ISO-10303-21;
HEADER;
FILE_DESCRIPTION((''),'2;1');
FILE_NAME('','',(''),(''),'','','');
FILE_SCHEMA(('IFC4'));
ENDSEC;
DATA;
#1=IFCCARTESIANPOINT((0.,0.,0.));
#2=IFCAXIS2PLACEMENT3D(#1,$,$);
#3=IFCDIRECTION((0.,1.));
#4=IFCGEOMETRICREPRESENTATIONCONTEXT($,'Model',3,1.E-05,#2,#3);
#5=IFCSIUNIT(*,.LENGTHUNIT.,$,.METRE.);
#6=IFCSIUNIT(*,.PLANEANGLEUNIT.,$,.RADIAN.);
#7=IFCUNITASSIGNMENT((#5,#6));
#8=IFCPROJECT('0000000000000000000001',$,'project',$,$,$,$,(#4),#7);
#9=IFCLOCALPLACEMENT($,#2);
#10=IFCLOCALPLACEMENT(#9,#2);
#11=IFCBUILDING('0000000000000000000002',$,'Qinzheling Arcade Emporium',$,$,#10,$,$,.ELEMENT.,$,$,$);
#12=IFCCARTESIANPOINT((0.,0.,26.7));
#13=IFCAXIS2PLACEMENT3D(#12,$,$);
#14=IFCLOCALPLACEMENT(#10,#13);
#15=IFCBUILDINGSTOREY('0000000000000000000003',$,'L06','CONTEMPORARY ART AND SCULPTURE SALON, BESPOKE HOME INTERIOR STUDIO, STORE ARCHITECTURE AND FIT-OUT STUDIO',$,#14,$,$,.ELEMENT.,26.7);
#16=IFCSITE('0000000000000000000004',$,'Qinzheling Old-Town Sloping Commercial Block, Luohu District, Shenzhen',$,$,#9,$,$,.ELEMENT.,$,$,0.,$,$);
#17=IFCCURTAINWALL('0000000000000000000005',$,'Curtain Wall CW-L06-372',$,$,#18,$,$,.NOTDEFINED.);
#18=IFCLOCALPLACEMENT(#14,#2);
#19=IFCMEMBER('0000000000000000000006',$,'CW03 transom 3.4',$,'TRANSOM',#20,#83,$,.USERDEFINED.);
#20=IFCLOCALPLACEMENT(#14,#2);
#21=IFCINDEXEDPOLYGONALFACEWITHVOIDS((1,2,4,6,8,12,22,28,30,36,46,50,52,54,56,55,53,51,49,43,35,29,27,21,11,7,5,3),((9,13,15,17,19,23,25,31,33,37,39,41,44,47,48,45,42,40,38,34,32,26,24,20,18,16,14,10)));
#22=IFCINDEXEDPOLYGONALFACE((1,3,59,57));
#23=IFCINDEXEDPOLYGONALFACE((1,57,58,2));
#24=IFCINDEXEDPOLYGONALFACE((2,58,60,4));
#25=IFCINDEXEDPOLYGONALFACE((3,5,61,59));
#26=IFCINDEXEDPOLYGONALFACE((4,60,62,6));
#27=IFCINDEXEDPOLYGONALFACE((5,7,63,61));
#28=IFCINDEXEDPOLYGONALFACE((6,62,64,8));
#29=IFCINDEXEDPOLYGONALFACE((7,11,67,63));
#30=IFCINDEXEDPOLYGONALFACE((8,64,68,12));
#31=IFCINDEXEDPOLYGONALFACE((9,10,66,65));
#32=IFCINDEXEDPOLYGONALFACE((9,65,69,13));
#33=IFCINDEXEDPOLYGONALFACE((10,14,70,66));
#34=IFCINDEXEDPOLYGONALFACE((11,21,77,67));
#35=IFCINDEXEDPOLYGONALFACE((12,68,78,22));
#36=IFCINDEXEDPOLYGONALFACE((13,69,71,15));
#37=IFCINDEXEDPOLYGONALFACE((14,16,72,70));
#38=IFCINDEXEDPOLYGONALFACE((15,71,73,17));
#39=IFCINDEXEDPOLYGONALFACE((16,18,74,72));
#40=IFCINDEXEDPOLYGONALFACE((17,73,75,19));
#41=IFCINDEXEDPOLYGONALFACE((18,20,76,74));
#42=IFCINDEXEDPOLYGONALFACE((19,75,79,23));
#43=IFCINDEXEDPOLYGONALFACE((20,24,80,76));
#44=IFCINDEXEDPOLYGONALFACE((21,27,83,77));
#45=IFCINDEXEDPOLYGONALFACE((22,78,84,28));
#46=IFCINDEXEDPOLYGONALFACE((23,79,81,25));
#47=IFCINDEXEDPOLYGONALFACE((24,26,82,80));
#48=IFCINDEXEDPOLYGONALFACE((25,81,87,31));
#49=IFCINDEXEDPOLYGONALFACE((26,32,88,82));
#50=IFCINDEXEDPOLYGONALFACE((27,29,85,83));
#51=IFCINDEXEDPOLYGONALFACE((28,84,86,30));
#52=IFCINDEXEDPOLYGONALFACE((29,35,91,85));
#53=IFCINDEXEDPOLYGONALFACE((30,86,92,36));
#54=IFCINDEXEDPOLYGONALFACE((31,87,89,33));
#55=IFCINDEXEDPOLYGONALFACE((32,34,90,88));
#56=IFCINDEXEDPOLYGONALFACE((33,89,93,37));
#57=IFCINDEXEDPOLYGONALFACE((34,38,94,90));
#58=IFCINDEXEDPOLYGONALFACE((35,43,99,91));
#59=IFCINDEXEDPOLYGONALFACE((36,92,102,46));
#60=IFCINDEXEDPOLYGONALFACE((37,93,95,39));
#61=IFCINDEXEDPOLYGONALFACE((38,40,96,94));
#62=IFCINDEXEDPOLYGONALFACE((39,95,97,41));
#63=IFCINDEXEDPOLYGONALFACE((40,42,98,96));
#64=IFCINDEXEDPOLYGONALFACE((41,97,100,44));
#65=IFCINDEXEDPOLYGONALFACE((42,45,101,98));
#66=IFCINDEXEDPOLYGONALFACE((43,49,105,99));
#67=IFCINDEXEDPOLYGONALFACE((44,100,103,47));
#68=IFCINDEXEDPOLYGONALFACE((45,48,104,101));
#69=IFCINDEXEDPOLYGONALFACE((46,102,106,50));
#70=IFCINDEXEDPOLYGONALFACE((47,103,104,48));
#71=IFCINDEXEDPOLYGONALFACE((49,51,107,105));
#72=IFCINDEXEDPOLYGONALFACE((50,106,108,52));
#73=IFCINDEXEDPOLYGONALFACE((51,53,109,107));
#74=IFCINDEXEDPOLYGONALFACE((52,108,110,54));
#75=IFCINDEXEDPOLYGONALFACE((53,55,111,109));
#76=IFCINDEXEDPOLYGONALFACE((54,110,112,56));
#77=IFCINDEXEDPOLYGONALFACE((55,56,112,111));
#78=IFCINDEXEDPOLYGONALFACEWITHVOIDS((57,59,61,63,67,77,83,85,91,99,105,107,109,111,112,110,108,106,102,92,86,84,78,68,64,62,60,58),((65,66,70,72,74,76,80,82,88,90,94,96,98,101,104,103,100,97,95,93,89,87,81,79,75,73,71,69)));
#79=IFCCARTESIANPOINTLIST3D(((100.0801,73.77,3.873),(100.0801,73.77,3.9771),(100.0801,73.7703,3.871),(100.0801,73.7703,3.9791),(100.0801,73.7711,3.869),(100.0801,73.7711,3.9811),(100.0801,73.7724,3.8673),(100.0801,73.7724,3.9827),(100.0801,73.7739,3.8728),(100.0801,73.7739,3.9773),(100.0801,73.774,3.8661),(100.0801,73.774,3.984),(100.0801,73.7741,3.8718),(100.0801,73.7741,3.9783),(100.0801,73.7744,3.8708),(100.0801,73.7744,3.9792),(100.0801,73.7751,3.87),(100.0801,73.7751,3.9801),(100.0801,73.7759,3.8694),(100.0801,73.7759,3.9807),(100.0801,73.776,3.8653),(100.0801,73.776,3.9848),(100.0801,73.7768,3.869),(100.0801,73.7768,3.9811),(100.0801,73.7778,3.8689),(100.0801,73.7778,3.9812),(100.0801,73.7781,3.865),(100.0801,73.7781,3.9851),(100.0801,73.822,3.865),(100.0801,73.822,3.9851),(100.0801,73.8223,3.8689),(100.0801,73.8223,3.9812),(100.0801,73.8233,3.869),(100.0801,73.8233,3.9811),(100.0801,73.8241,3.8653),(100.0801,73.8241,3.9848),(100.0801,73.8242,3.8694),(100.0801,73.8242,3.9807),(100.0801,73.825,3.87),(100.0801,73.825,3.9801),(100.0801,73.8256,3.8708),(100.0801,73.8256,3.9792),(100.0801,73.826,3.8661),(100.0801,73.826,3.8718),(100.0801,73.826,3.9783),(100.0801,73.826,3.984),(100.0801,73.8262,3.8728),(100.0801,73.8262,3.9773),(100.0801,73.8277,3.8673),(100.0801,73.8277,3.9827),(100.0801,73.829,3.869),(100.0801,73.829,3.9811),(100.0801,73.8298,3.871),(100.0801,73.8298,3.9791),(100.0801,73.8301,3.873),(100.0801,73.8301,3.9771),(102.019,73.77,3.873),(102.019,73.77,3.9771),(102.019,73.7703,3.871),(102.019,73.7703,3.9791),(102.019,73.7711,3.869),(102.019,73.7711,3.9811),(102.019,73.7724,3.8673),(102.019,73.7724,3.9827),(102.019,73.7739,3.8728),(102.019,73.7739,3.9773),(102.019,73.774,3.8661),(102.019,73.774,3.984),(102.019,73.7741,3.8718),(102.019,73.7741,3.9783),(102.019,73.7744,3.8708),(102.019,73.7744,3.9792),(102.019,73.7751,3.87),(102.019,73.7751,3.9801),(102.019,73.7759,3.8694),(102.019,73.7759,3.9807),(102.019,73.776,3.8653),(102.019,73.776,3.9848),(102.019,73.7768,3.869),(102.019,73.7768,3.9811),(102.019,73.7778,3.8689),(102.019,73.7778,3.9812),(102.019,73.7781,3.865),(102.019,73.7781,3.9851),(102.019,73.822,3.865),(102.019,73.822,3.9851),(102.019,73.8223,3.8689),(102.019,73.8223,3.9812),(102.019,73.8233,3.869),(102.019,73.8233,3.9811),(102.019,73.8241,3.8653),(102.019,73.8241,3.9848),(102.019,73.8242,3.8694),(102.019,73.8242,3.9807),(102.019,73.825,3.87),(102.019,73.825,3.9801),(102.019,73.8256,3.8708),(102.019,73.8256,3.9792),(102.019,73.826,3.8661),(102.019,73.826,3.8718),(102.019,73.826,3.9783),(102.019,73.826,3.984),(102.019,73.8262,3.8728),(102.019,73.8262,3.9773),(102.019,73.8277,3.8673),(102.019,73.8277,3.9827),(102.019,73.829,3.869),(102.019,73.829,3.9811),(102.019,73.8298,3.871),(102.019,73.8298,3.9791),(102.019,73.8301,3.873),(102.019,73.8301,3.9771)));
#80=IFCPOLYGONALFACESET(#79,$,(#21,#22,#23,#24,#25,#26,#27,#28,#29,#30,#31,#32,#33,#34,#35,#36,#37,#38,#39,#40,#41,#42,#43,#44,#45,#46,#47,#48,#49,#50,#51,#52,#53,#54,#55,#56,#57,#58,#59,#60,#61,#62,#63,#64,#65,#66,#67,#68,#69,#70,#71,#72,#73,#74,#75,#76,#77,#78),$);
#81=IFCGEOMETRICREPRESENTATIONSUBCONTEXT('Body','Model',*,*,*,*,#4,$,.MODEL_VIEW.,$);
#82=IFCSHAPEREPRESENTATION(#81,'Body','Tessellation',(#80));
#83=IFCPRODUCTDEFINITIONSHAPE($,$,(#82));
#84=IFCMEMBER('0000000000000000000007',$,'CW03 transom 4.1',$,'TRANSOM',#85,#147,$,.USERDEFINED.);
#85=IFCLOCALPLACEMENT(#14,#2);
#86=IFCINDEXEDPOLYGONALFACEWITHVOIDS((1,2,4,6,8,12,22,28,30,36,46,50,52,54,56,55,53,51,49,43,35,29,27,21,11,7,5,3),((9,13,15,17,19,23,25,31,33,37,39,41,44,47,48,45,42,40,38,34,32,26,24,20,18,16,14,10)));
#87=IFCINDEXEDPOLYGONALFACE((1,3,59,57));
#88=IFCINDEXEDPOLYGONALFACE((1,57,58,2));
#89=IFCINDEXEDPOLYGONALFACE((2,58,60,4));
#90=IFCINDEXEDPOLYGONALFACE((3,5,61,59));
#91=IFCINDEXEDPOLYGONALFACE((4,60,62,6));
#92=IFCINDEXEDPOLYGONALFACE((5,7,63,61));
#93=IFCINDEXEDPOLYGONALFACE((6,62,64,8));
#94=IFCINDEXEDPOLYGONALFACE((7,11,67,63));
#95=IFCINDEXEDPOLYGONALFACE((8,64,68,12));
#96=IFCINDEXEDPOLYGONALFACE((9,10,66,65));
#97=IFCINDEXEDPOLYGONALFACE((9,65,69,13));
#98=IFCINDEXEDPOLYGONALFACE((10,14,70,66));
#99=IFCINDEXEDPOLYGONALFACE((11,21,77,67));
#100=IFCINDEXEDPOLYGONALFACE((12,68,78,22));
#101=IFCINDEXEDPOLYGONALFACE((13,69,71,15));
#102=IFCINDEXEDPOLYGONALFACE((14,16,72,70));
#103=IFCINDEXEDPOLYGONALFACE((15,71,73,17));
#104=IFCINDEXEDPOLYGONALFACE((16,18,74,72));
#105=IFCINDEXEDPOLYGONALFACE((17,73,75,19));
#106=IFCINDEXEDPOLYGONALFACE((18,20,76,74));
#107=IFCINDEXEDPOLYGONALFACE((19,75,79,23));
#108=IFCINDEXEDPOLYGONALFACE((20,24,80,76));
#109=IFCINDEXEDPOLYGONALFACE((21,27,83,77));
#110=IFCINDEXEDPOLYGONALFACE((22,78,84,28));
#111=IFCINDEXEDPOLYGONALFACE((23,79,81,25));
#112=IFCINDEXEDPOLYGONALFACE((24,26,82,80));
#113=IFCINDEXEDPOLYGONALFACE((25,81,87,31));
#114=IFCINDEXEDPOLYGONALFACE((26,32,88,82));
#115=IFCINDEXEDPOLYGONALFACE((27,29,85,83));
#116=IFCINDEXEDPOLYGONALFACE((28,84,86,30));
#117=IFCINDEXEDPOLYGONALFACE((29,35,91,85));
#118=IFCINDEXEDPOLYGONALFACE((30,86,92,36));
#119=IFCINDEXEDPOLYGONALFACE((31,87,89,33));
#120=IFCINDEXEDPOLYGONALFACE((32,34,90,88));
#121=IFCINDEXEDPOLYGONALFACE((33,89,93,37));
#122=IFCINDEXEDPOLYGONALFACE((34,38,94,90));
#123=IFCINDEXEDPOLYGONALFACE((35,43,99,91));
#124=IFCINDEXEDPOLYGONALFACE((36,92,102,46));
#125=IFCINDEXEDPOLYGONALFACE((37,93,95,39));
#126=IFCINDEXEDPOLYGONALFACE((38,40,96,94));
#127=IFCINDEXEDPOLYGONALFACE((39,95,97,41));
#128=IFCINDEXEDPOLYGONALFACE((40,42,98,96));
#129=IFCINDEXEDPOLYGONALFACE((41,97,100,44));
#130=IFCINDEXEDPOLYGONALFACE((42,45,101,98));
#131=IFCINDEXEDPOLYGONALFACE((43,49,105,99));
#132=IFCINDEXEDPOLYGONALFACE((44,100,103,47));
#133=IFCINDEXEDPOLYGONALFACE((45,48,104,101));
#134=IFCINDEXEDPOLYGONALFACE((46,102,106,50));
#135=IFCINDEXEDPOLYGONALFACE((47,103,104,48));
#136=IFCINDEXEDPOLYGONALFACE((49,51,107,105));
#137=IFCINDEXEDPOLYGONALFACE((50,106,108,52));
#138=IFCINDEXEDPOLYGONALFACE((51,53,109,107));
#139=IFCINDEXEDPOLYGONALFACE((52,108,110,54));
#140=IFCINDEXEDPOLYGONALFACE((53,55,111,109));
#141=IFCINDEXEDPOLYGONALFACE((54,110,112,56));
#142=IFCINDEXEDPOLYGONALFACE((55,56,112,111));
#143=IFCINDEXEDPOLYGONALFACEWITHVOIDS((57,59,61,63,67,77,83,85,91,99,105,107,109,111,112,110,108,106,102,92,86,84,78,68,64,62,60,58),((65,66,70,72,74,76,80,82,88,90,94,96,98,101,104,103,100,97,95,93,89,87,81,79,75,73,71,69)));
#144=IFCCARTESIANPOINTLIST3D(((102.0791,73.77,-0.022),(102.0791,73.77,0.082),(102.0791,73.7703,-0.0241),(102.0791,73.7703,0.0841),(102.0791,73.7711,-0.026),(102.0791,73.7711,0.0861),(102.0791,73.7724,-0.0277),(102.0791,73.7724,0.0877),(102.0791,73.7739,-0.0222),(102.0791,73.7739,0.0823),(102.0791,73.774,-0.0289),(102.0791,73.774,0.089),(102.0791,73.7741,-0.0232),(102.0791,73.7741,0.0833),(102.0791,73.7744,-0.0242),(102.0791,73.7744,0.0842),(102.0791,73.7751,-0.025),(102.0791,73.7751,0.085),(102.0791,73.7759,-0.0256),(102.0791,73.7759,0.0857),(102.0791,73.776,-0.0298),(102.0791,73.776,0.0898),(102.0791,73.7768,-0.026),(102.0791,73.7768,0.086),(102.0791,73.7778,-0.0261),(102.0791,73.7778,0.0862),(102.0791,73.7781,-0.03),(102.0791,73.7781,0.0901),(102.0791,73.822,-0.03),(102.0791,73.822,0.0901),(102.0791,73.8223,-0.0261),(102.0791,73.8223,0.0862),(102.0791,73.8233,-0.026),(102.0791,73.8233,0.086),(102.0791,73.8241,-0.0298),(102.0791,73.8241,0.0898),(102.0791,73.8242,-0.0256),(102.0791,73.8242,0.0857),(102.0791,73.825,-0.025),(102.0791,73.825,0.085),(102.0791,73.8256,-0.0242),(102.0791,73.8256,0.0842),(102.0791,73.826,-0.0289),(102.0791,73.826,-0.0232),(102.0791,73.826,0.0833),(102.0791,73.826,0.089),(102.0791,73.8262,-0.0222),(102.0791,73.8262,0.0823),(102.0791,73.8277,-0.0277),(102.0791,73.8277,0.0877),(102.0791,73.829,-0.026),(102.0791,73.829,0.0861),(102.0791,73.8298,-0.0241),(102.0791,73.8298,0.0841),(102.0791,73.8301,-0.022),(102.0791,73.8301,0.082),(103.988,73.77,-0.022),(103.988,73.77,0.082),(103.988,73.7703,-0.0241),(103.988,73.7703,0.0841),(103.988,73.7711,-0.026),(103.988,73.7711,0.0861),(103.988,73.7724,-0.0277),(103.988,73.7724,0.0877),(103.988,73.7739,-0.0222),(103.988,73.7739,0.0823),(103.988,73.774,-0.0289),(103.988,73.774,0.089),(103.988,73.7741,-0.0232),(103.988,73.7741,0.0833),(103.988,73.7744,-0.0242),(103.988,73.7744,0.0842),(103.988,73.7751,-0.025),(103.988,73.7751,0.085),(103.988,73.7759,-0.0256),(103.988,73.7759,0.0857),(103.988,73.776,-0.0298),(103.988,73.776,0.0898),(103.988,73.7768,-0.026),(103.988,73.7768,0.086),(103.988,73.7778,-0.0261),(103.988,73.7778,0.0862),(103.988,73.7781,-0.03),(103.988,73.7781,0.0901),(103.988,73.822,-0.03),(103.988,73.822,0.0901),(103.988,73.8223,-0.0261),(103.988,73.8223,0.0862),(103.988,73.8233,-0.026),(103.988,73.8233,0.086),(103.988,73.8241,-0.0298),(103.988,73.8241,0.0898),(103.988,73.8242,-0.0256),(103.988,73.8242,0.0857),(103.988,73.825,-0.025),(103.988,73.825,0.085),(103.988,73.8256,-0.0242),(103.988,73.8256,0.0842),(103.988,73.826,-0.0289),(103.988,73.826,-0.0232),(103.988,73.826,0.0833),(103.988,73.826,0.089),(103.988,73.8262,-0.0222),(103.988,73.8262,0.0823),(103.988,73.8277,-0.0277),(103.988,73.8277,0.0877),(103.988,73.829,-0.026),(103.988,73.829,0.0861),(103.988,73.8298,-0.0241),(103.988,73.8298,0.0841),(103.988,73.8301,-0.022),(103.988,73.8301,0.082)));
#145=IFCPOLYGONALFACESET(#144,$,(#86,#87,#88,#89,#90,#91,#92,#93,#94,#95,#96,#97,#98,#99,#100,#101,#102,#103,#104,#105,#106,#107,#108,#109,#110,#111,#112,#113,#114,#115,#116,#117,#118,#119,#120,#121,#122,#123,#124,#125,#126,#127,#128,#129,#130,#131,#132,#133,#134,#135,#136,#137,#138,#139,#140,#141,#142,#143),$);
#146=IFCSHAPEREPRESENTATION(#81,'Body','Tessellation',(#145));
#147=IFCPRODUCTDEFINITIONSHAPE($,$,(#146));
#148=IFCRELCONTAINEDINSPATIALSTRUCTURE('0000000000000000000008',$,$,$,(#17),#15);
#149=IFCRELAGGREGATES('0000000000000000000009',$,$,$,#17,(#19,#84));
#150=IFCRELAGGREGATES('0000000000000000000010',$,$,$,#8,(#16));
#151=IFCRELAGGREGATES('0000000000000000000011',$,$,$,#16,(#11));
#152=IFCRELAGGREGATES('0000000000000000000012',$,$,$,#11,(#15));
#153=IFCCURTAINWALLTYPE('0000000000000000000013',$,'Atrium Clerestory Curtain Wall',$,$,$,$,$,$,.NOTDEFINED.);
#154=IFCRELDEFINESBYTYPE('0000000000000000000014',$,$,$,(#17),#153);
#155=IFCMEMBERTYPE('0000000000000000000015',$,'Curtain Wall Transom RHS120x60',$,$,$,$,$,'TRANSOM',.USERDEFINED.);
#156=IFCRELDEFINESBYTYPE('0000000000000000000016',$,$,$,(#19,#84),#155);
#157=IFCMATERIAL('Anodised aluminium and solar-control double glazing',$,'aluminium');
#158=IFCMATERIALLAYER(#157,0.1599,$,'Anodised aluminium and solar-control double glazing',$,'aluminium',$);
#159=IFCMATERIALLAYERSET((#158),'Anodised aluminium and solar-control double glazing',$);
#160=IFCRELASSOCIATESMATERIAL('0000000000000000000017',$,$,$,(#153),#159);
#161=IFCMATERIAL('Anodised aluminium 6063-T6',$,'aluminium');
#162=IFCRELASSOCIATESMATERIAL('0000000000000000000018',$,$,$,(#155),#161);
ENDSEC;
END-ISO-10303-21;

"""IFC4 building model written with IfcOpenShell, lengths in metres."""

from ifc_helpers import new_model, si_unit, direction, frame, origin, origin_2d, place, context, subcontext, project, spatial, hollow_rectangle, extrude, material, layer, layer_set, material_profile, profile_set, type_object, element, aggregate, save


model = new_model("IFC4")

# Units and contexts
model_context = context("Model", 3, precision=1e-05, world=origin(), true_north=direction((0.0, 1.0)))
body_context = subcontext(model_context, "Body", "Model", "MODEL_VIEW")
ifc_project = project(units=[si_unit("LENGTHUNIT", "METRE"), si_unit("PLANEANGLEUNIT", "RADIAN")], contexts=[model_context])

# Site, building, storey
site_placement = place(None, origin())
site = spatial("IfcSite", under=ifc_project, at=site_placement, Name="Qinzheling Old-Town Sloping Commercial Block, Luohu District, Shenzhen", CompositionType="ELEMENT", RefElevation=0.0)
building_placement = place(site_placement, origin())
building = spatial("IfcBuilding", under=site, at=building_placement, Name="Qinzheling Arcade Emporium", CompositionType="ELEMENT")
storey_placement = place(building_placement, frame((0.0, 0.0, 26.7)))
storey = spatial("IfcBuildingStorey", under=building, at=storey_placement, Name="L06", Description="CONTEMPORARY ART AND SCULPTURE SALON, BESPOKE HOME INTERIOR STUDIO, STORE ARCHITECTURE AND FIT-OUT STUDIO", CompositionType="ELEMENT", Elevation=26.7)

# Curtain wall, members
ifc_material_1 = material(Name="Anodised aluminium and solar-control double glazing", Category="aluminium")
ifc_layer_1 = layer(ifc_material_1, 0.1599, Name="Anodised aluminium and solar-control double glazing", Category="aluminium")
ifc_layer_set_1 = layer_set([ifc_layer_1], Name="Anodised aluminium and solar-control double glazing")
curtain_wall_type = type_object("IfcCurtainWallType", Name="Atrium Clerestory Curtain Wall", PredefinedType="NOTDEFINED", material=ifc_layer_set_1)
curtain_wall_placement = place(storey_placement, origin())
curtain_wall = element("IfcCurtainWall", 1, at=curtain_wall_placement, inside=storey, type_object=curtain_wall_type, Name="Curtain Wall CW-L06-372", PredefinedType="NOTDEFINED")
ifc_material_2 = material(Name="Anodised aluminium 6063-T6", Category="aluminium")
ifc_material_profile_1 = material_profile(ifc_material_2, hollow_rectangle(XDim=0.0601, YDim=0.1201, WallThickness=0.0039, InnerFilletRadius=0.0039, OuterFilletRadius=0.0081, at=origin_2d()), Name="RHS 120x60x4", Category="aluminium")
ifc_profile_set_1 = profile_set([ifc_material_profile_1], Name="Anodised aluminium 6063-T6")
member_type_1 = type_object("IfcMemberType", Name="Curtain Wall Transom RHS120x60", ElementType="TRANSOM", PredefinedType="USERDEFINED", material=ifc_profile_set_1)
member_1_placement = place(storey_placement, frame((100.0801, 73.8, 3.925), z_axis=(1.0, 0.0, 0.0), x_axis=(0.0, 1.0, 0.0)))
member_1 = element("IfcMember", 2, at=member_1_placement, type_object=member_type_1, Name="CW03 transom 3.4", ObjectType="TRANSOM", PredefinedType="USERDEFINED", context=body_context, shape_type="SweptSolid", body=[
    extrude(hollow_rectangle(XDim=0.0601, YDim=0.1201, WallThickness=0.0039, InnerFilletRadius=0.0039, OuterFilletRadius=0.0081, at=origin_2d()), origin(), (0.0, 0.0, 1.0), 1.939),
])
member_2_placement = place(storey_placement, frame((102.0791, 73.8, 0.03), z_axis=(1.0, 0.0, 0.0), x_axis=(0.0, 1.0, 0.0)))
member_2 = element("IfcMember", 3, at=member_2_placement, type_object=member_type_1, Name="CW03 transom 4.1", ObjectType="TRANSOM", PredefinedType="USERDEFINED", context=body_context, shape_type="SweptSolid", body=[
    extrude(hollow_rectangle(XDim=0.0601, YDim=0.1201, WallThickness=0.0039, InnerFilletRadius=0.0039, OuterFilletRadius=0.0081, at=origin_2d()), origin(), (0.0, 0.0, 1.0), 1.9089),
])

aggregate(curtain_wall, [member_1, member_2])

save(model, "model.ifc")
